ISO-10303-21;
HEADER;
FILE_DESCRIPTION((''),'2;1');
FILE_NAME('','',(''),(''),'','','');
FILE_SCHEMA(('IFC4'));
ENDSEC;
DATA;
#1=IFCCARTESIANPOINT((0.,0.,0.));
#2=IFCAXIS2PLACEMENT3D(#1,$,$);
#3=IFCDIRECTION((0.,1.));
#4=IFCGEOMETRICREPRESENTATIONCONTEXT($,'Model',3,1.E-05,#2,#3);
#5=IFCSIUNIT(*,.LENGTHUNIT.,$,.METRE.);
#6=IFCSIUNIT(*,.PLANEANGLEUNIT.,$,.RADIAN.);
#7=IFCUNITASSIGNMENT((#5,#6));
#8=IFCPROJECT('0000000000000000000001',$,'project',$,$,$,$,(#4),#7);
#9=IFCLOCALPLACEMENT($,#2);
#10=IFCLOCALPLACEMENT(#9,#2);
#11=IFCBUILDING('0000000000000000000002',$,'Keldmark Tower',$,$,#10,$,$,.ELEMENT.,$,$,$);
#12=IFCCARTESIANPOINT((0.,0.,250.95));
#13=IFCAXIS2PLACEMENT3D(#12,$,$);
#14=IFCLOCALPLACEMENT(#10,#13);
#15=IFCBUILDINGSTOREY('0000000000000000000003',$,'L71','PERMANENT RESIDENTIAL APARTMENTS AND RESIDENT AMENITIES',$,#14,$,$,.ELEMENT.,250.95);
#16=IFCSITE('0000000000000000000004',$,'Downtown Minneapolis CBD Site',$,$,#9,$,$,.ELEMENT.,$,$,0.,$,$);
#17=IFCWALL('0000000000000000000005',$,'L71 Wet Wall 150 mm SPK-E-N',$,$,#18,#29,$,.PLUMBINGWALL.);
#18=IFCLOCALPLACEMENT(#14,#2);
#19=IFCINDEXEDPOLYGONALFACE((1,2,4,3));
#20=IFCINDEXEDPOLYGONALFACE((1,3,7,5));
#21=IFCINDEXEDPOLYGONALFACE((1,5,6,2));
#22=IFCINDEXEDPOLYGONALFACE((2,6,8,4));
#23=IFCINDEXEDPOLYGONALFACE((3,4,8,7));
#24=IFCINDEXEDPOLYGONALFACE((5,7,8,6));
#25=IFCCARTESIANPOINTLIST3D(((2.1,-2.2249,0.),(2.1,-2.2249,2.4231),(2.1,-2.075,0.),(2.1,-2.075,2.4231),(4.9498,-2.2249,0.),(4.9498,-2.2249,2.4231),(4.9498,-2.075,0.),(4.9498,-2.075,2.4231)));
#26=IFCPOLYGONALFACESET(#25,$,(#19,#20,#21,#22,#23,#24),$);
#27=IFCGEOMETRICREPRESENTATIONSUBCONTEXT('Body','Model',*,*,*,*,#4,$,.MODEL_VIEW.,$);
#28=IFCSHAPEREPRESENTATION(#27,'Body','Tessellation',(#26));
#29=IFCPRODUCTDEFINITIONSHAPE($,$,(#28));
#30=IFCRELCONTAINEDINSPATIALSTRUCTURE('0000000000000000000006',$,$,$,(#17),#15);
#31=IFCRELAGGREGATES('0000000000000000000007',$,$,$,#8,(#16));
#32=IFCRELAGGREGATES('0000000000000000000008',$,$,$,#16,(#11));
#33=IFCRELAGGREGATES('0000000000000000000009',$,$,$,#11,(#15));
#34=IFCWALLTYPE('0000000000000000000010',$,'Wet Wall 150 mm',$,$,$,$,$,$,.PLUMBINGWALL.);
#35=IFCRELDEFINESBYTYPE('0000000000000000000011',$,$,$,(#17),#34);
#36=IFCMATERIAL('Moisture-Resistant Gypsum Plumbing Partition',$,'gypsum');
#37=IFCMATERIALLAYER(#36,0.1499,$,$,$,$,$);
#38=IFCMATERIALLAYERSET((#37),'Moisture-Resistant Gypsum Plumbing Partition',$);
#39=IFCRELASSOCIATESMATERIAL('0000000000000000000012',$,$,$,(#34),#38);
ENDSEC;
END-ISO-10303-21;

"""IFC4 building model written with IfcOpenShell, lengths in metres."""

from ifc_helpers import new_model, si_unit, direction, frame, frame_2d, origin, place, context, subcontext, project, spatial, rectangle, extrude, material, layer, layer_set, type_object, element, save


model = new_model("IFC4")

# Units and contexts
model_context = context("Model", 3, precision=1e-05, world=origin(), true_north=direction((0.0, 1.0)))
body_context = subcontext(model_context, "Body", "Model", "MODEL_VIEW")
ifc_project = project(units=[si_unit("LENGTHUNIT", "METRE"), si_unit("PLANEANGLEUNIT", "RADIAN")], contexts=[model_context])

# Site, building, storey
site_placement = place(None, origin())
site = spatial("IfcSite", under=ifc_project, at=site_placement, Name="Downtown Minneapolis CBD Site", CompositionType="ELEMENT", RefElevation=0.0)
building_placement = place(site_placement, origin())
building = spatial("IfcBuilding", under=site, at=building_placement, Name="Keldmark Tower", CompositionType="ELEMENT")
storey_placement = place(building_placement, frame((0.0, 0.0, 250.95)))
storey = spatial("IfcBuildingStorey", under=building, at=storey_placement, Name="L71", Description="PERMANENT RESIDENTIAL APARTMENTS AND RESIDENT AMENITIES", CompositionType="ELEMENT", Elevation=250.95)

# Wall
ifc_material_1 = material(Name="Moisture-Resistant Gypsum Plumbing Partition", Category="gypsum")
ifc_layer_1 = layer(ifc_material_1, 0.1499)
ifc_layer_set_1 = layer_set([ifc_layer_1], Name="Moisture-Resistant Gypsum Plumbing Partition")
wall_type_1 = type_object("IfcWallType", Name="Wet Wall 150 mm", PredefinedType="PLUMBINGWALL", material=ifc_layer_set_1)
wall_1_placement = place(storey_placement, frame((2.1001, -2.1499, 0.0), z_axis=(0.0, 0.0, 1.0), x_axis=(1.0, 0.0, 0.0)))
element("IfcWall", 1, at=wall_1_placement, inside=storey, type_object=wall_type_1, Name="L71 Wet Wall 150 mm SPK-E-N", PredefinedType="PLUMBINGWALL", context=body_context, shape_type="SweptSolid", body=[
    extrude(rectangle(XDim=2.8499, YDim=0.1499, at=frame_2d((1.4248, 0.0))), origin(), (0.0, 0.0, 1.0), 2.4231),
])

save(model, "model.ifc")
